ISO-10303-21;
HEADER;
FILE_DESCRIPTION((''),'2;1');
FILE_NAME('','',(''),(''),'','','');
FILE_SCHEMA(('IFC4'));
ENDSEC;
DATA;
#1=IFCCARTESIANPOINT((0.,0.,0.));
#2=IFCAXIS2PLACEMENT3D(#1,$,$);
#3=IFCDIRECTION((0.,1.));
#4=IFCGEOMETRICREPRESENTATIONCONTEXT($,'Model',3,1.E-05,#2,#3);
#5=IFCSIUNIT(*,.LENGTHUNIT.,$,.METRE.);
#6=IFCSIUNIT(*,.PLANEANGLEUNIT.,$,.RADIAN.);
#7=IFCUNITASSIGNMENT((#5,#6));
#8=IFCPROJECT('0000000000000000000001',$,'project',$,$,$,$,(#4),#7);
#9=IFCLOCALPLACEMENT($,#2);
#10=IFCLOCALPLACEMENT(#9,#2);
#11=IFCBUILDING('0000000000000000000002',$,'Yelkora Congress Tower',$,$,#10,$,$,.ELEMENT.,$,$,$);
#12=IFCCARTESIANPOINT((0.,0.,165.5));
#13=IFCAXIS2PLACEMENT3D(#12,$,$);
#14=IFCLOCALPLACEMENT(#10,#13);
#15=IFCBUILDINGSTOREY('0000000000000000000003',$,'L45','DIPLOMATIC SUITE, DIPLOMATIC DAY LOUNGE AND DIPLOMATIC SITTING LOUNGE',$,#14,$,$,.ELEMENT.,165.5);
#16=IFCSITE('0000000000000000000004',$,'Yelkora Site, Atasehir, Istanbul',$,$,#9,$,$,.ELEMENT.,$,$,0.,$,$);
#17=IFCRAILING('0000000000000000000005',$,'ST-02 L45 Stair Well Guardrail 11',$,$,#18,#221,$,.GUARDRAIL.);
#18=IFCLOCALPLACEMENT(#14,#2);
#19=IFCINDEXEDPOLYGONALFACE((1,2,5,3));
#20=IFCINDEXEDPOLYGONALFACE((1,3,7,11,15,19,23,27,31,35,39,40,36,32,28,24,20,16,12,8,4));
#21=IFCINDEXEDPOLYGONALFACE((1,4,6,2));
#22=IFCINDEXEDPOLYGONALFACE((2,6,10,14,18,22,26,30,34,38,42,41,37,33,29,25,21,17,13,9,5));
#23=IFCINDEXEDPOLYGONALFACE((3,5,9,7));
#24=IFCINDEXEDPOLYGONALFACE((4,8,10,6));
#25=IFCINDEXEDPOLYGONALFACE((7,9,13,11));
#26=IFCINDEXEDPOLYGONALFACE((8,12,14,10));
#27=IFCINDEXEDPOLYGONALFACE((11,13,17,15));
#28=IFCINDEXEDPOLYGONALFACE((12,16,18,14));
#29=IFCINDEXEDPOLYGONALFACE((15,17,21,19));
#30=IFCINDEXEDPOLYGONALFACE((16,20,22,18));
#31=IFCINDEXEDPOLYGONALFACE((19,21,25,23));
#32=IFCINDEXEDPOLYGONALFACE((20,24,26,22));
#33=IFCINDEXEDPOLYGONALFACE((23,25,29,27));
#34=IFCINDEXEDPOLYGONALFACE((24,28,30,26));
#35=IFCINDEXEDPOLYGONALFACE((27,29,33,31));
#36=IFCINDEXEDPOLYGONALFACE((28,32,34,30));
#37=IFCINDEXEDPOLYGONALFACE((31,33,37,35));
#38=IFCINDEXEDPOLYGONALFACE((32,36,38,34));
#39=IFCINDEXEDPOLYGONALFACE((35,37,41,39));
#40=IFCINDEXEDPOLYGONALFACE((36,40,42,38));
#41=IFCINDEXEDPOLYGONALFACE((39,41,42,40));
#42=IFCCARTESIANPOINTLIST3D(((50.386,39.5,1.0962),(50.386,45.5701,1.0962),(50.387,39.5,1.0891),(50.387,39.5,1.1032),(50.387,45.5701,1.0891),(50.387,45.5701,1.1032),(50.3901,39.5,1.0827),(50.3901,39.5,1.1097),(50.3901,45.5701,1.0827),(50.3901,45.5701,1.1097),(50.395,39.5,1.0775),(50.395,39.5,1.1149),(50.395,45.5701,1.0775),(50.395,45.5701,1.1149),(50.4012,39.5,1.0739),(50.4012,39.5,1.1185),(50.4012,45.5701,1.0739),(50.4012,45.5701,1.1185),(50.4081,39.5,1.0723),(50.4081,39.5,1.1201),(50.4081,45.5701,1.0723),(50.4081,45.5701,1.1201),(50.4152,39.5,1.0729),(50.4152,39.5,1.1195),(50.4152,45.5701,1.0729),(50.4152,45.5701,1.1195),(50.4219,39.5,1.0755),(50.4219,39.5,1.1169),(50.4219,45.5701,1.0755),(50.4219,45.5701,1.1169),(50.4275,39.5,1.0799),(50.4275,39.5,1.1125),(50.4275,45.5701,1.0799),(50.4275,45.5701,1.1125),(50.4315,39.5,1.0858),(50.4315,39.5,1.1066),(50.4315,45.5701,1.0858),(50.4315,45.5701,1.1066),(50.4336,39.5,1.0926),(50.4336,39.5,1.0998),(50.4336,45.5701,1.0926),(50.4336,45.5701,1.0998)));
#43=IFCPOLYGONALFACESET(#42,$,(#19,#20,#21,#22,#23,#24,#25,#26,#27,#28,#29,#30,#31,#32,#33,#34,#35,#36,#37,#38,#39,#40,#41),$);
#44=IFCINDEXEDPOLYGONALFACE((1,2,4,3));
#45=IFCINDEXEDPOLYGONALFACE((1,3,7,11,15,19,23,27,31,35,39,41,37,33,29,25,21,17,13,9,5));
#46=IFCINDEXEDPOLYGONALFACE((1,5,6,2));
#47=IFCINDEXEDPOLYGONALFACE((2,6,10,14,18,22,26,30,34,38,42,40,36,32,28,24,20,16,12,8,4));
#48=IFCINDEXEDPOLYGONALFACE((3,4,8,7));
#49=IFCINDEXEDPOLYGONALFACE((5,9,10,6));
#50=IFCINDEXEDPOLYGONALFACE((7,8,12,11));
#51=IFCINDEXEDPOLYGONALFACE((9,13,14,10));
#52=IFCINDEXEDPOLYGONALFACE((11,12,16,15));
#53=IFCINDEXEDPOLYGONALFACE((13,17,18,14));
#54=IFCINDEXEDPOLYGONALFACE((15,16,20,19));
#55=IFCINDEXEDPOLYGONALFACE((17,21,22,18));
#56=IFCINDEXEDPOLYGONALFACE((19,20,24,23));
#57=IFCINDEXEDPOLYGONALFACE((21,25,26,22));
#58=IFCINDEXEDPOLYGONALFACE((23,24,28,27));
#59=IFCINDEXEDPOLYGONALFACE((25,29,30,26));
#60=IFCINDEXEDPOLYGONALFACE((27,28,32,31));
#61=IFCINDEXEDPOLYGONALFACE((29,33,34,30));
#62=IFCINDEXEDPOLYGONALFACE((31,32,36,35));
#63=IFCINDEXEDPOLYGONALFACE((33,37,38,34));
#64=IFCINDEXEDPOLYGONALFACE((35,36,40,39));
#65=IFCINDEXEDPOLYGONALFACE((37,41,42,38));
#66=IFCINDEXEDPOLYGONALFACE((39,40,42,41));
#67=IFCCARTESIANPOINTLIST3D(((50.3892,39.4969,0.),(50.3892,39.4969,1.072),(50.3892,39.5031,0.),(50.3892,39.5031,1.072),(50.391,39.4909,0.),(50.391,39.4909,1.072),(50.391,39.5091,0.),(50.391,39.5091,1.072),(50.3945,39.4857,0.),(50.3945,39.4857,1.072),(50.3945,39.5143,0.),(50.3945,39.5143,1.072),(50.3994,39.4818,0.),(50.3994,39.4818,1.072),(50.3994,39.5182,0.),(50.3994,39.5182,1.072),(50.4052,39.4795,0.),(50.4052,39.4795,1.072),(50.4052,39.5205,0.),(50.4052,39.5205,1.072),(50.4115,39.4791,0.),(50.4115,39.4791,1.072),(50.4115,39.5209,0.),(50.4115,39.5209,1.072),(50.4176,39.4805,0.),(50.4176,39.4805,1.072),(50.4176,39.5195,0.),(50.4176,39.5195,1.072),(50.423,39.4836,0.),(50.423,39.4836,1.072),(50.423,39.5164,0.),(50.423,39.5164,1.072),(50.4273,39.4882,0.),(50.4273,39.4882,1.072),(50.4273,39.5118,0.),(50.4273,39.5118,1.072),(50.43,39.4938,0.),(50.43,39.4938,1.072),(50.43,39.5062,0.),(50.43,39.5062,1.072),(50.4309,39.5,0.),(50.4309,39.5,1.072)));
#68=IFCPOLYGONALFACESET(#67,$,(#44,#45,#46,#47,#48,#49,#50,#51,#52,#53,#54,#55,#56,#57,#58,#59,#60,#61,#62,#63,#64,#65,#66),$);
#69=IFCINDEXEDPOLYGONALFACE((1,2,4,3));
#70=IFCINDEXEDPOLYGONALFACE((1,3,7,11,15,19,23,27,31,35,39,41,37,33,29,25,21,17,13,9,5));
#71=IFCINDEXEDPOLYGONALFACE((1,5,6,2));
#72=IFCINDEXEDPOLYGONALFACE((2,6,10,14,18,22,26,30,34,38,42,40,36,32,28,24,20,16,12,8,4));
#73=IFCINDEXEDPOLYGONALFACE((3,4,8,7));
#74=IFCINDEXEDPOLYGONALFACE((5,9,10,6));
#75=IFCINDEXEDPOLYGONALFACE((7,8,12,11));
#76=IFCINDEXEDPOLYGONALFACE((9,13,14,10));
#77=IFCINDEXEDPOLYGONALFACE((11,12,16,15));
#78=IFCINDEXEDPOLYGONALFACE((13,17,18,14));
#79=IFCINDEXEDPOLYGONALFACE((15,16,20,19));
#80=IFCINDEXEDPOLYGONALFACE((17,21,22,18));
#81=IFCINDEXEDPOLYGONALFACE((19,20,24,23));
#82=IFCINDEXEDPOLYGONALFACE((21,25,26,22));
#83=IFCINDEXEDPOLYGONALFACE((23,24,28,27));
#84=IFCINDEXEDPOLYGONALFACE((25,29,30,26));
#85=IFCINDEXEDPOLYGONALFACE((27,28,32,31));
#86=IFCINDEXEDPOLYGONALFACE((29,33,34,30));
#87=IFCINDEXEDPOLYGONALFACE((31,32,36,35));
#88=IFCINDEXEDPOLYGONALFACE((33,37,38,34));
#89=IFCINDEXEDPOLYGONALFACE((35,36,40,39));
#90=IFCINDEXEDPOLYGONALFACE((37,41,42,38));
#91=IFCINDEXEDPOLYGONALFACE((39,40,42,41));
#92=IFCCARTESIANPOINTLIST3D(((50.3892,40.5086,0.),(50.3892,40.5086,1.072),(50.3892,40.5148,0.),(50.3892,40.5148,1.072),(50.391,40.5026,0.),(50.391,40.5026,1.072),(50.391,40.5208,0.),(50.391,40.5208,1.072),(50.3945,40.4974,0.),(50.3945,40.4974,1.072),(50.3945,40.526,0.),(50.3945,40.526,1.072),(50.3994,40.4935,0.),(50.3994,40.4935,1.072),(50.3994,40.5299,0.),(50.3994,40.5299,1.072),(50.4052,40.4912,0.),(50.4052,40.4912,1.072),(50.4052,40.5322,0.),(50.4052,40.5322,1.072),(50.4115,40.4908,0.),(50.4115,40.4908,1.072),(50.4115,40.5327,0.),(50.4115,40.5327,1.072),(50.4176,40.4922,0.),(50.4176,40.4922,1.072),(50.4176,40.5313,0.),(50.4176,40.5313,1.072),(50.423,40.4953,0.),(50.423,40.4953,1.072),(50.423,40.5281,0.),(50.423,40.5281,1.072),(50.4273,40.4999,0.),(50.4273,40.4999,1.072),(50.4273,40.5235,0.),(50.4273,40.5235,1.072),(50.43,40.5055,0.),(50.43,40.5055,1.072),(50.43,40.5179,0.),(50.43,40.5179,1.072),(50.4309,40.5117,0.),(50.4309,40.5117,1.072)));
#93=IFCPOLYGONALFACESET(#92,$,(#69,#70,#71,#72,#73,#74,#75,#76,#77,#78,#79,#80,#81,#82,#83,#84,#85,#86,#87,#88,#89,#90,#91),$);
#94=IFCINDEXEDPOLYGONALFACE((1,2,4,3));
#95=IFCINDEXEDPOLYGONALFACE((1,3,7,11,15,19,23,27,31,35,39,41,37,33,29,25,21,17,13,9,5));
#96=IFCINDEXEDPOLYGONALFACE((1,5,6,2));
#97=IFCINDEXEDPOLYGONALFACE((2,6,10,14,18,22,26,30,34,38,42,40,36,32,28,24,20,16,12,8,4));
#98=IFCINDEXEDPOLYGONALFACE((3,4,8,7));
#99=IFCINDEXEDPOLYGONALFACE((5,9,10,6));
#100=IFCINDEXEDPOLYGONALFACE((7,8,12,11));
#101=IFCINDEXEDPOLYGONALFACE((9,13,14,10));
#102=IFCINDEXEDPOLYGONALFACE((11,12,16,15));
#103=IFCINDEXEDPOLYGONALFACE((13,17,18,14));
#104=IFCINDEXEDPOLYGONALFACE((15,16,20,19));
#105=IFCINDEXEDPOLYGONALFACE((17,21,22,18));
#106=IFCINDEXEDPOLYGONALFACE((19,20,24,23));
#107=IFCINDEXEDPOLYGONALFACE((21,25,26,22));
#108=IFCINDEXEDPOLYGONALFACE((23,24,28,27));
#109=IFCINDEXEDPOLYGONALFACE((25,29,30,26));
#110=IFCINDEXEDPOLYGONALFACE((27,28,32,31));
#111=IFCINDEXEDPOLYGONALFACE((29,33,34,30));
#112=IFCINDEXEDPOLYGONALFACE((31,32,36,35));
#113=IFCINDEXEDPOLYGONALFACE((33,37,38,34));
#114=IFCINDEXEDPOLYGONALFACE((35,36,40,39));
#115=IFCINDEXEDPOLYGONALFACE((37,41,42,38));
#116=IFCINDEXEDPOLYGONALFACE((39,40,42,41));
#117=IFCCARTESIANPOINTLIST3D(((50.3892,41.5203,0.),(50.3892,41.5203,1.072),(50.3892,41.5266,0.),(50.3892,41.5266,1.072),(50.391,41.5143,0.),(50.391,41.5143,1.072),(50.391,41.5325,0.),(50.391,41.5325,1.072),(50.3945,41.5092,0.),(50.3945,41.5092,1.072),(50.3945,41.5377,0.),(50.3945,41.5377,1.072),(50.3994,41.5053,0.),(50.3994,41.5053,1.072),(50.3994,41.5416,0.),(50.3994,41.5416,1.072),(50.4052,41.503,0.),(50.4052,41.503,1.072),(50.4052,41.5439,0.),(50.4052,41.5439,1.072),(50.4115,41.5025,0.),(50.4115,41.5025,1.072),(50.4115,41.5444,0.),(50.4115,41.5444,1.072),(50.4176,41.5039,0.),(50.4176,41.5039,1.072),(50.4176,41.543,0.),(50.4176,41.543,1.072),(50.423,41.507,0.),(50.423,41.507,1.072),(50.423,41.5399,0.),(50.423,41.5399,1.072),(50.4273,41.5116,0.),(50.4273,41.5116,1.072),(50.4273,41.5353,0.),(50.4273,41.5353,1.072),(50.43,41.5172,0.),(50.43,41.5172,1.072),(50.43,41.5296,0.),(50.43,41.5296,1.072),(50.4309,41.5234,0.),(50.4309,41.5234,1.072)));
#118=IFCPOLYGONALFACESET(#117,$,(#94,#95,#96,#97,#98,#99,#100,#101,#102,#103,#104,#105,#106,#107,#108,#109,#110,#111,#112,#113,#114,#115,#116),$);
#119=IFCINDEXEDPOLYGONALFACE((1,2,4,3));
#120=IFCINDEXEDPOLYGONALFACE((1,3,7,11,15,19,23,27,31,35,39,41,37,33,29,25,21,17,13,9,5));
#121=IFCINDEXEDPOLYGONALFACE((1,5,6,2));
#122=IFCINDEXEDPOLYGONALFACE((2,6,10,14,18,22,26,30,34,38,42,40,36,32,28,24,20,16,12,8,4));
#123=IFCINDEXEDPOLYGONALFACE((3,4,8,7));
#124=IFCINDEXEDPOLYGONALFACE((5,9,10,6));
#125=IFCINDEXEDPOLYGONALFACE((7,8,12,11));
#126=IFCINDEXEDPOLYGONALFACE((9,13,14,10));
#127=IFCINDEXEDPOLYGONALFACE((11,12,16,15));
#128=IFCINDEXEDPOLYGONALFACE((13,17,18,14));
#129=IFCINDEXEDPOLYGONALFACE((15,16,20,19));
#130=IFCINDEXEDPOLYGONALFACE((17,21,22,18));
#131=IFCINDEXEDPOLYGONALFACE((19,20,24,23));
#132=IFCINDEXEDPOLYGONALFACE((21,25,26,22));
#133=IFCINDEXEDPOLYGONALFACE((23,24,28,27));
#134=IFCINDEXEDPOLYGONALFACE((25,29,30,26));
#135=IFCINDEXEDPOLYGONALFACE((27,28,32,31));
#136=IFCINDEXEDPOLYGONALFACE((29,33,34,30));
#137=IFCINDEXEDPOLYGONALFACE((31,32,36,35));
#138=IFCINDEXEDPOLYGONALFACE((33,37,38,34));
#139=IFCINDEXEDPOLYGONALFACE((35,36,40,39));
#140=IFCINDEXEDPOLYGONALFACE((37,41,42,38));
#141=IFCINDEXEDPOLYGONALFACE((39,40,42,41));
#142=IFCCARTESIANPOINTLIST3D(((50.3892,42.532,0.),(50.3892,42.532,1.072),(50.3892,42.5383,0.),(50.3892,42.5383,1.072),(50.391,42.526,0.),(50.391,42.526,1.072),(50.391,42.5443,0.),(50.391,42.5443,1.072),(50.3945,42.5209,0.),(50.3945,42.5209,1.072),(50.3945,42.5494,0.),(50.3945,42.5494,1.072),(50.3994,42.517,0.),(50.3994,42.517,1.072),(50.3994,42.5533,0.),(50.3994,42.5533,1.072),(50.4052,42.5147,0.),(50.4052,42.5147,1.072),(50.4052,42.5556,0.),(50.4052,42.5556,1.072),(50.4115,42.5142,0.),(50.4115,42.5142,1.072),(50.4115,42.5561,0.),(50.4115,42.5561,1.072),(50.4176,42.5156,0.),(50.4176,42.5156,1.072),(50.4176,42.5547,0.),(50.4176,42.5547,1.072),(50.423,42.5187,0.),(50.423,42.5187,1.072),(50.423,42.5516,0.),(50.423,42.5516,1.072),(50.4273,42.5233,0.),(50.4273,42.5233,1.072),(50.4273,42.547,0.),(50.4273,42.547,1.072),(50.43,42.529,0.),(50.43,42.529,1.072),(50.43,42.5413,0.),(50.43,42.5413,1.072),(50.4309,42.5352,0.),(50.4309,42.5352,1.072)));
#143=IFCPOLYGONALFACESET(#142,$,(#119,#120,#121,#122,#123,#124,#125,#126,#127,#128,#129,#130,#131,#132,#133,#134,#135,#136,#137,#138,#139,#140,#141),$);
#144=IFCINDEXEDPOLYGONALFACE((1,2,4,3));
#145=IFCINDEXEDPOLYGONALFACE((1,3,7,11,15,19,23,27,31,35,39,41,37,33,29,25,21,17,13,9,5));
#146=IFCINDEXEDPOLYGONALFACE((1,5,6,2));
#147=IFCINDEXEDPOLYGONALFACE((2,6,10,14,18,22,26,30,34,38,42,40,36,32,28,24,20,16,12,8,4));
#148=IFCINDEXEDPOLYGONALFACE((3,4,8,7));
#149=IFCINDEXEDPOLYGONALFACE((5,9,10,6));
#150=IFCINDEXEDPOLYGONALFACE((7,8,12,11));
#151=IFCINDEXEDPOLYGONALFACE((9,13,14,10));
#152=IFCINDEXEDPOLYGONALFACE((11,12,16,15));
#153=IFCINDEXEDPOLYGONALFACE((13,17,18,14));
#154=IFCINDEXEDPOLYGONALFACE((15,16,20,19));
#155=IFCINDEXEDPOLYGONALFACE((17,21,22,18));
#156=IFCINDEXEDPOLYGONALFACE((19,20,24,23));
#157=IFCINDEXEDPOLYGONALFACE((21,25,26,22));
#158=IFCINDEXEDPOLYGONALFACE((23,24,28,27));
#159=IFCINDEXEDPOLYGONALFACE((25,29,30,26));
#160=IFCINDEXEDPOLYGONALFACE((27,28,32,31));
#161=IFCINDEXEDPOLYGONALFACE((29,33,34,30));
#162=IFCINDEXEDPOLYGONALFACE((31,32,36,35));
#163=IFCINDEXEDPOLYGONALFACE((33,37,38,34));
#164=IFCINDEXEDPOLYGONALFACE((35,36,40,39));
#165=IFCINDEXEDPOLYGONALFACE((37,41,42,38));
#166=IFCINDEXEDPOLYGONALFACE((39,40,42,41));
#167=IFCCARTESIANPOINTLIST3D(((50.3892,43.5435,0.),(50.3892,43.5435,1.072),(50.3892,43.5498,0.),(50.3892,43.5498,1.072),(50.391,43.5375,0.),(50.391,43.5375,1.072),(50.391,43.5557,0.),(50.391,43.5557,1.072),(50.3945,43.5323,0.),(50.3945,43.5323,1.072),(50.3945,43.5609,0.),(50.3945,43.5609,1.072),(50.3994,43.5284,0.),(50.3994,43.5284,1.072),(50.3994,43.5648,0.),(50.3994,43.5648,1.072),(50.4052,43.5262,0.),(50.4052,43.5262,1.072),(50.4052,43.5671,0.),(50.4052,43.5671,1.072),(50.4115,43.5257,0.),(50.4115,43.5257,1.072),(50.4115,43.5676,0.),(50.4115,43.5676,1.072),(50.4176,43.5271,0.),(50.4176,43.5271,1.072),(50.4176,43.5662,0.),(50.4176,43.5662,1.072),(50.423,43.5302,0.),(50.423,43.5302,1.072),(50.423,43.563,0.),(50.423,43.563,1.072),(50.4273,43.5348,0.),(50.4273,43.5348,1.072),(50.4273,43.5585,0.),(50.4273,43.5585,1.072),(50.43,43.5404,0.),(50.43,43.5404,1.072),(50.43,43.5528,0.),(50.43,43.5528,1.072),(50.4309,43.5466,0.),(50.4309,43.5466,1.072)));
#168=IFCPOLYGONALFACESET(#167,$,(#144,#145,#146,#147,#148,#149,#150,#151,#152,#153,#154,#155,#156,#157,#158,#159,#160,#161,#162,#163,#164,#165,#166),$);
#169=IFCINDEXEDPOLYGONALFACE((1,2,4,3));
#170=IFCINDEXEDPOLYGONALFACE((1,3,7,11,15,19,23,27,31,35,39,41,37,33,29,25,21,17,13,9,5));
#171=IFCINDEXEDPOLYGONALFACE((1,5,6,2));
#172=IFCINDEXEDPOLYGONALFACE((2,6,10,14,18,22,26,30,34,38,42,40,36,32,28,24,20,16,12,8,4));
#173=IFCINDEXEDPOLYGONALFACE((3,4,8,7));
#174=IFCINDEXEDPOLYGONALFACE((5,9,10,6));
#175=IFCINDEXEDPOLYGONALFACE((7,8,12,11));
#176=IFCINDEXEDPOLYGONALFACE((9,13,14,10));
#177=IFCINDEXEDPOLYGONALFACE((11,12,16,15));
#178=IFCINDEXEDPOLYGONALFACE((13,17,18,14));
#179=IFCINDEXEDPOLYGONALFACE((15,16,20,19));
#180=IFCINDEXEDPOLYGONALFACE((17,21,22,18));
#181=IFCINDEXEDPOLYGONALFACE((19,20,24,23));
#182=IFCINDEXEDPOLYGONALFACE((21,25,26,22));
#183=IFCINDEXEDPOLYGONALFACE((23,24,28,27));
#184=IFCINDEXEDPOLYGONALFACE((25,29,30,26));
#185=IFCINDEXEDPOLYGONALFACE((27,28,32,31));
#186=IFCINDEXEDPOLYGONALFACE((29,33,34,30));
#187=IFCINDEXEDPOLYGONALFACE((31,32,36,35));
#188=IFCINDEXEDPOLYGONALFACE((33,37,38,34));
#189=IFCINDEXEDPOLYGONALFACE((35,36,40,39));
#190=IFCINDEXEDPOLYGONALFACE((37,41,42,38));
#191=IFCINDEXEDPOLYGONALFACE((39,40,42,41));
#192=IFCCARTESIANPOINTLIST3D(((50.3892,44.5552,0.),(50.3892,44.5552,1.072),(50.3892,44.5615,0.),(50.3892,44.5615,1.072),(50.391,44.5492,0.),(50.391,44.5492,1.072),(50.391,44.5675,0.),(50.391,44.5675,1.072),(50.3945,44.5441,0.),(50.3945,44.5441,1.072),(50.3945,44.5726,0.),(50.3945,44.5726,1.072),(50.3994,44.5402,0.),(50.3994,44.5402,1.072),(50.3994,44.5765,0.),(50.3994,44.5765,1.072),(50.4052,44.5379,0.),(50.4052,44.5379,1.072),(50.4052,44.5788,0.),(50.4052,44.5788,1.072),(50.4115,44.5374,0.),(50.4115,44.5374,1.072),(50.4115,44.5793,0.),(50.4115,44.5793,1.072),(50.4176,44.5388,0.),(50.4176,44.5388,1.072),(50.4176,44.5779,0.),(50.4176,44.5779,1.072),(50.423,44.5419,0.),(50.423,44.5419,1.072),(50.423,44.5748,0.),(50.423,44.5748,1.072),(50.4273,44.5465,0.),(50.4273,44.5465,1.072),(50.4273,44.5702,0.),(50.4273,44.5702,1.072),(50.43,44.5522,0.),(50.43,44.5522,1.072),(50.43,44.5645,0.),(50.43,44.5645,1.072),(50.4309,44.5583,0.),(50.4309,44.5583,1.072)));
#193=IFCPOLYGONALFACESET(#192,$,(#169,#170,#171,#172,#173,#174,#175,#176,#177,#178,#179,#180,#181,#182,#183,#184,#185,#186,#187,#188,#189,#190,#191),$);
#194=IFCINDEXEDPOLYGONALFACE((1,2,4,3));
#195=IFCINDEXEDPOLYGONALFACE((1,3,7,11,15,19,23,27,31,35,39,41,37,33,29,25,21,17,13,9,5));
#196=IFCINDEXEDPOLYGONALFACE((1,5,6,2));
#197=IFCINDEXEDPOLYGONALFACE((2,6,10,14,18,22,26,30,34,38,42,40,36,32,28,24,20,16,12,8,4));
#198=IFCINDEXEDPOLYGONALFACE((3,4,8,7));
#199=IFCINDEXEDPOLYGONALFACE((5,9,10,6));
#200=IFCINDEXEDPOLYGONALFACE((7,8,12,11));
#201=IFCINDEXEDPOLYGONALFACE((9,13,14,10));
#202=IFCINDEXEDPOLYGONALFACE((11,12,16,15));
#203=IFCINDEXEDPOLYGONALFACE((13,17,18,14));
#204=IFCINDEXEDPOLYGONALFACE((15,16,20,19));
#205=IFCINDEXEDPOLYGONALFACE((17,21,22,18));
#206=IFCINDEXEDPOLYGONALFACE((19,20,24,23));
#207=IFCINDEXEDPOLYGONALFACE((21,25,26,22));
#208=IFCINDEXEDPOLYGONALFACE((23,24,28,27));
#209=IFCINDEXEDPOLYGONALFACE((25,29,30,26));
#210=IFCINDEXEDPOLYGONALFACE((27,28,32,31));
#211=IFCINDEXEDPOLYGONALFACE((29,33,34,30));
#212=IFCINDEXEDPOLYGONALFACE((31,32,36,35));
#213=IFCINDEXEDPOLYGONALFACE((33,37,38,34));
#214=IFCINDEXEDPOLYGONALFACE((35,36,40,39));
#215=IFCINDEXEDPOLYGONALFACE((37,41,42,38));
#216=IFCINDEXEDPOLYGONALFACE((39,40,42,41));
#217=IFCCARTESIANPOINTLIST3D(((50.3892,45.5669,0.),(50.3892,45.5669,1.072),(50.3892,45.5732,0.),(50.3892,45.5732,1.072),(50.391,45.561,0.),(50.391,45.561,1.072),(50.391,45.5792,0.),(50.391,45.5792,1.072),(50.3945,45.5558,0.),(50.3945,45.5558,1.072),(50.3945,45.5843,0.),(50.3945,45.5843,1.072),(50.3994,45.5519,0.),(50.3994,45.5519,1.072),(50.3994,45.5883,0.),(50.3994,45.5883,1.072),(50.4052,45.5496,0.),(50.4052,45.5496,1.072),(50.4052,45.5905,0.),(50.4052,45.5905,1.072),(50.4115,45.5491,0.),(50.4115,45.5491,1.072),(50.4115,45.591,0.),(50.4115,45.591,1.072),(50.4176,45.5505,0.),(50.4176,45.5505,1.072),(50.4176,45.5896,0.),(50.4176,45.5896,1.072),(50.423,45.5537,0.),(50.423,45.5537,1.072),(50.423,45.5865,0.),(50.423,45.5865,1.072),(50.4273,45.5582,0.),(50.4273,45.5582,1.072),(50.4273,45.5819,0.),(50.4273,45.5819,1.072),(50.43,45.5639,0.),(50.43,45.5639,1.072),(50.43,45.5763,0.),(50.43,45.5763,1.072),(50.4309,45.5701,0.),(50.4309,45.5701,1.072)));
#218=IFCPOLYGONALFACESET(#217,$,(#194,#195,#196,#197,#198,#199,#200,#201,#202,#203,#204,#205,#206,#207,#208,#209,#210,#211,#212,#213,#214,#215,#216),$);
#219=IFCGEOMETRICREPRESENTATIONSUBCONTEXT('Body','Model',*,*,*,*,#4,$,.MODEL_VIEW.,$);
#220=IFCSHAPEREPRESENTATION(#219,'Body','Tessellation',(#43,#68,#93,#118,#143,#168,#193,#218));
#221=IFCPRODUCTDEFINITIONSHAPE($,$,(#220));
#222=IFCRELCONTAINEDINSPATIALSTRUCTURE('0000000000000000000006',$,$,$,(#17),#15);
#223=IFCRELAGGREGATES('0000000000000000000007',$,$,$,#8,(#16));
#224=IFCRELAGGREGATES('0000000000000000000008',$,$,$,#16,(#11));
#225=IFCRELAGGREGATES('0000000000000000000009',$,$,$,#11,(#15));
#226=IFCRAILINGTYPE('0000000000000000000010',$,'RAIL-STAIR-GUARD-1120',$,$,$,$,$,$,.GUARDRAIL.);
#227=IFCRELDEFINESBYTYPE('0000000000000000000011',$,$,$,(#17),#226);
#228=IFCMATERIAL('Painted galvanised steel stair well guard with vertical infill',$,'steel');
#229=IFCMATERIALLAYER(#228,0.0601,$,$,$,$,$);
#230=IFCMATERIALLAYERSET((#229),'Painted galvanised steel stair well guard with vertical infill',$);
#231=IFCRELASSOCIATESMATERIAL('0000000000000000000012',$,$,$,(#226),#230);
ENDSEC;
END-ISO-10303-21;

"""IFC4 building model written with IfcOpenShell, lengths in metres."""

from ifc_helpers import new_model, si_unit, direction, frame, origin, origin_2d, place, context, subcontext, project, spatial, circle, extrude, material, layer, layer_set, type_object, element, save


model = new_model("IFC4")

# Units and contexts
model_context = context("Model", 3, precision=1e-05, world=origin(), true_north=direction((0.0, 1.0)))
body_context = subcontext(model_context, "Body", "Model", "MODEL_VIEW")
ifc_project = project(units=[si_unit("LENGTHUNIT", "METRE"), si_unit("PLANEANGLEUNIT", "RADIAN")], contexts=[model_context])

# Site, building, storey
site_placement = place(None, origin())
site = spatial("IfcSite", under=ifc_project, at=site_placement, Name="Yelkora Site, Atasehir, Istanbul", CompositionType="ELEMENT", RefElevation=0.0)
building_placement = place(site_placement, origin())
building = spatial("IfcBuilding", under=site, at=building_placement, Name="Yelkora Congress Tower", CompositionType="ELEMENT")
storey_placement = place(building_placement, frame((0.0, 0.0, 165.5)))
storey = spatial("IfcBuildingStorey", under=building, at=storey_placement, Name="L45", Description="DIPLOMATIC SUITE, DIPLOMATIC DAY LOUNGE AND DIPLOMATIC SITTING LOUNGE", CompositionType="ELEMENT", Elevation=165.5)

# Railing
ifc_material_1 = material(Name="Painted galvanised steel stair well guard with vertical infill", Category="steel")
ifc_layer_1 = layer(ifc_material_1, 0.0601)
ifc_layer_set_1 = layer_set([ifc_layer_1], Name="Painted galvanised steel stair well guard with vertical infill")
railing_type = type_object("IfcRailingType", Name="RAIL-STAIR-GUARD-1120", PredefinedType="GUARDRAIL", material=ifc_layer_set_1)
railing_1_placement = place(storey_placement, frame((50.4099, 39.5, 0.0)))
element("IfcRailing", 1, at=railing_1_placement, inside=storey, type_object=railing_type, Name="ST-02 L45 Stair Well Guardrail 11", PredefinedType="GUARDRAIL", context=body_context, shape_type="SweptSolid", body=[
    extrude(circle(Radius=0.0239, at=origin_2d()), frame((0.0, 0.0, 1.0962), z_axis=(0.0, 1.0, 0.0), x_axis=(-1.0, 0.0, 0.0)), (0.0, 0.0, 1.0), 6.0701),
    extrude(circle(Radius=0.021, at=origin_2d()), origin(), (0.0, 0.0, 1.0), 1.072),
    extrude(circle(Radius=0.021, at=origin_2d()), frame((0.0, 1.0117, 0.0)), (0.0, 0.0, 1.0), 1.072),
    extrude(circle(Radius=0.021, at=origin_2d()), frame((0.0, 2.0234, 0.0)), (0.0, 0.0, 1.0), 1.072),
    extrude(circle(Radius=0.021, at=origin_2d()), frame((0.0, 3.0352, 0.0)), (0.0, 0.0, 1.0), 1.072),
    extrude(circle(Radius=0.021, at=origin_2d()), frame((0.0, 4.0466, 0.0)), (0.0, 0.0, 1.0), 1.072),
    extrude(circle(Radius=0.021, at=origin_2d()), frame((0.0, 5.0583, 0.0)), (0.0, 0.0, 1.0), 1.072),
    extrude(circle(Radius=0.021, at=origin_2d()), frame((0.0, 6.0701, 0.0)), (0.0, 0.0, 1.0), 1.072),
])

save(model, "model.ifc")
